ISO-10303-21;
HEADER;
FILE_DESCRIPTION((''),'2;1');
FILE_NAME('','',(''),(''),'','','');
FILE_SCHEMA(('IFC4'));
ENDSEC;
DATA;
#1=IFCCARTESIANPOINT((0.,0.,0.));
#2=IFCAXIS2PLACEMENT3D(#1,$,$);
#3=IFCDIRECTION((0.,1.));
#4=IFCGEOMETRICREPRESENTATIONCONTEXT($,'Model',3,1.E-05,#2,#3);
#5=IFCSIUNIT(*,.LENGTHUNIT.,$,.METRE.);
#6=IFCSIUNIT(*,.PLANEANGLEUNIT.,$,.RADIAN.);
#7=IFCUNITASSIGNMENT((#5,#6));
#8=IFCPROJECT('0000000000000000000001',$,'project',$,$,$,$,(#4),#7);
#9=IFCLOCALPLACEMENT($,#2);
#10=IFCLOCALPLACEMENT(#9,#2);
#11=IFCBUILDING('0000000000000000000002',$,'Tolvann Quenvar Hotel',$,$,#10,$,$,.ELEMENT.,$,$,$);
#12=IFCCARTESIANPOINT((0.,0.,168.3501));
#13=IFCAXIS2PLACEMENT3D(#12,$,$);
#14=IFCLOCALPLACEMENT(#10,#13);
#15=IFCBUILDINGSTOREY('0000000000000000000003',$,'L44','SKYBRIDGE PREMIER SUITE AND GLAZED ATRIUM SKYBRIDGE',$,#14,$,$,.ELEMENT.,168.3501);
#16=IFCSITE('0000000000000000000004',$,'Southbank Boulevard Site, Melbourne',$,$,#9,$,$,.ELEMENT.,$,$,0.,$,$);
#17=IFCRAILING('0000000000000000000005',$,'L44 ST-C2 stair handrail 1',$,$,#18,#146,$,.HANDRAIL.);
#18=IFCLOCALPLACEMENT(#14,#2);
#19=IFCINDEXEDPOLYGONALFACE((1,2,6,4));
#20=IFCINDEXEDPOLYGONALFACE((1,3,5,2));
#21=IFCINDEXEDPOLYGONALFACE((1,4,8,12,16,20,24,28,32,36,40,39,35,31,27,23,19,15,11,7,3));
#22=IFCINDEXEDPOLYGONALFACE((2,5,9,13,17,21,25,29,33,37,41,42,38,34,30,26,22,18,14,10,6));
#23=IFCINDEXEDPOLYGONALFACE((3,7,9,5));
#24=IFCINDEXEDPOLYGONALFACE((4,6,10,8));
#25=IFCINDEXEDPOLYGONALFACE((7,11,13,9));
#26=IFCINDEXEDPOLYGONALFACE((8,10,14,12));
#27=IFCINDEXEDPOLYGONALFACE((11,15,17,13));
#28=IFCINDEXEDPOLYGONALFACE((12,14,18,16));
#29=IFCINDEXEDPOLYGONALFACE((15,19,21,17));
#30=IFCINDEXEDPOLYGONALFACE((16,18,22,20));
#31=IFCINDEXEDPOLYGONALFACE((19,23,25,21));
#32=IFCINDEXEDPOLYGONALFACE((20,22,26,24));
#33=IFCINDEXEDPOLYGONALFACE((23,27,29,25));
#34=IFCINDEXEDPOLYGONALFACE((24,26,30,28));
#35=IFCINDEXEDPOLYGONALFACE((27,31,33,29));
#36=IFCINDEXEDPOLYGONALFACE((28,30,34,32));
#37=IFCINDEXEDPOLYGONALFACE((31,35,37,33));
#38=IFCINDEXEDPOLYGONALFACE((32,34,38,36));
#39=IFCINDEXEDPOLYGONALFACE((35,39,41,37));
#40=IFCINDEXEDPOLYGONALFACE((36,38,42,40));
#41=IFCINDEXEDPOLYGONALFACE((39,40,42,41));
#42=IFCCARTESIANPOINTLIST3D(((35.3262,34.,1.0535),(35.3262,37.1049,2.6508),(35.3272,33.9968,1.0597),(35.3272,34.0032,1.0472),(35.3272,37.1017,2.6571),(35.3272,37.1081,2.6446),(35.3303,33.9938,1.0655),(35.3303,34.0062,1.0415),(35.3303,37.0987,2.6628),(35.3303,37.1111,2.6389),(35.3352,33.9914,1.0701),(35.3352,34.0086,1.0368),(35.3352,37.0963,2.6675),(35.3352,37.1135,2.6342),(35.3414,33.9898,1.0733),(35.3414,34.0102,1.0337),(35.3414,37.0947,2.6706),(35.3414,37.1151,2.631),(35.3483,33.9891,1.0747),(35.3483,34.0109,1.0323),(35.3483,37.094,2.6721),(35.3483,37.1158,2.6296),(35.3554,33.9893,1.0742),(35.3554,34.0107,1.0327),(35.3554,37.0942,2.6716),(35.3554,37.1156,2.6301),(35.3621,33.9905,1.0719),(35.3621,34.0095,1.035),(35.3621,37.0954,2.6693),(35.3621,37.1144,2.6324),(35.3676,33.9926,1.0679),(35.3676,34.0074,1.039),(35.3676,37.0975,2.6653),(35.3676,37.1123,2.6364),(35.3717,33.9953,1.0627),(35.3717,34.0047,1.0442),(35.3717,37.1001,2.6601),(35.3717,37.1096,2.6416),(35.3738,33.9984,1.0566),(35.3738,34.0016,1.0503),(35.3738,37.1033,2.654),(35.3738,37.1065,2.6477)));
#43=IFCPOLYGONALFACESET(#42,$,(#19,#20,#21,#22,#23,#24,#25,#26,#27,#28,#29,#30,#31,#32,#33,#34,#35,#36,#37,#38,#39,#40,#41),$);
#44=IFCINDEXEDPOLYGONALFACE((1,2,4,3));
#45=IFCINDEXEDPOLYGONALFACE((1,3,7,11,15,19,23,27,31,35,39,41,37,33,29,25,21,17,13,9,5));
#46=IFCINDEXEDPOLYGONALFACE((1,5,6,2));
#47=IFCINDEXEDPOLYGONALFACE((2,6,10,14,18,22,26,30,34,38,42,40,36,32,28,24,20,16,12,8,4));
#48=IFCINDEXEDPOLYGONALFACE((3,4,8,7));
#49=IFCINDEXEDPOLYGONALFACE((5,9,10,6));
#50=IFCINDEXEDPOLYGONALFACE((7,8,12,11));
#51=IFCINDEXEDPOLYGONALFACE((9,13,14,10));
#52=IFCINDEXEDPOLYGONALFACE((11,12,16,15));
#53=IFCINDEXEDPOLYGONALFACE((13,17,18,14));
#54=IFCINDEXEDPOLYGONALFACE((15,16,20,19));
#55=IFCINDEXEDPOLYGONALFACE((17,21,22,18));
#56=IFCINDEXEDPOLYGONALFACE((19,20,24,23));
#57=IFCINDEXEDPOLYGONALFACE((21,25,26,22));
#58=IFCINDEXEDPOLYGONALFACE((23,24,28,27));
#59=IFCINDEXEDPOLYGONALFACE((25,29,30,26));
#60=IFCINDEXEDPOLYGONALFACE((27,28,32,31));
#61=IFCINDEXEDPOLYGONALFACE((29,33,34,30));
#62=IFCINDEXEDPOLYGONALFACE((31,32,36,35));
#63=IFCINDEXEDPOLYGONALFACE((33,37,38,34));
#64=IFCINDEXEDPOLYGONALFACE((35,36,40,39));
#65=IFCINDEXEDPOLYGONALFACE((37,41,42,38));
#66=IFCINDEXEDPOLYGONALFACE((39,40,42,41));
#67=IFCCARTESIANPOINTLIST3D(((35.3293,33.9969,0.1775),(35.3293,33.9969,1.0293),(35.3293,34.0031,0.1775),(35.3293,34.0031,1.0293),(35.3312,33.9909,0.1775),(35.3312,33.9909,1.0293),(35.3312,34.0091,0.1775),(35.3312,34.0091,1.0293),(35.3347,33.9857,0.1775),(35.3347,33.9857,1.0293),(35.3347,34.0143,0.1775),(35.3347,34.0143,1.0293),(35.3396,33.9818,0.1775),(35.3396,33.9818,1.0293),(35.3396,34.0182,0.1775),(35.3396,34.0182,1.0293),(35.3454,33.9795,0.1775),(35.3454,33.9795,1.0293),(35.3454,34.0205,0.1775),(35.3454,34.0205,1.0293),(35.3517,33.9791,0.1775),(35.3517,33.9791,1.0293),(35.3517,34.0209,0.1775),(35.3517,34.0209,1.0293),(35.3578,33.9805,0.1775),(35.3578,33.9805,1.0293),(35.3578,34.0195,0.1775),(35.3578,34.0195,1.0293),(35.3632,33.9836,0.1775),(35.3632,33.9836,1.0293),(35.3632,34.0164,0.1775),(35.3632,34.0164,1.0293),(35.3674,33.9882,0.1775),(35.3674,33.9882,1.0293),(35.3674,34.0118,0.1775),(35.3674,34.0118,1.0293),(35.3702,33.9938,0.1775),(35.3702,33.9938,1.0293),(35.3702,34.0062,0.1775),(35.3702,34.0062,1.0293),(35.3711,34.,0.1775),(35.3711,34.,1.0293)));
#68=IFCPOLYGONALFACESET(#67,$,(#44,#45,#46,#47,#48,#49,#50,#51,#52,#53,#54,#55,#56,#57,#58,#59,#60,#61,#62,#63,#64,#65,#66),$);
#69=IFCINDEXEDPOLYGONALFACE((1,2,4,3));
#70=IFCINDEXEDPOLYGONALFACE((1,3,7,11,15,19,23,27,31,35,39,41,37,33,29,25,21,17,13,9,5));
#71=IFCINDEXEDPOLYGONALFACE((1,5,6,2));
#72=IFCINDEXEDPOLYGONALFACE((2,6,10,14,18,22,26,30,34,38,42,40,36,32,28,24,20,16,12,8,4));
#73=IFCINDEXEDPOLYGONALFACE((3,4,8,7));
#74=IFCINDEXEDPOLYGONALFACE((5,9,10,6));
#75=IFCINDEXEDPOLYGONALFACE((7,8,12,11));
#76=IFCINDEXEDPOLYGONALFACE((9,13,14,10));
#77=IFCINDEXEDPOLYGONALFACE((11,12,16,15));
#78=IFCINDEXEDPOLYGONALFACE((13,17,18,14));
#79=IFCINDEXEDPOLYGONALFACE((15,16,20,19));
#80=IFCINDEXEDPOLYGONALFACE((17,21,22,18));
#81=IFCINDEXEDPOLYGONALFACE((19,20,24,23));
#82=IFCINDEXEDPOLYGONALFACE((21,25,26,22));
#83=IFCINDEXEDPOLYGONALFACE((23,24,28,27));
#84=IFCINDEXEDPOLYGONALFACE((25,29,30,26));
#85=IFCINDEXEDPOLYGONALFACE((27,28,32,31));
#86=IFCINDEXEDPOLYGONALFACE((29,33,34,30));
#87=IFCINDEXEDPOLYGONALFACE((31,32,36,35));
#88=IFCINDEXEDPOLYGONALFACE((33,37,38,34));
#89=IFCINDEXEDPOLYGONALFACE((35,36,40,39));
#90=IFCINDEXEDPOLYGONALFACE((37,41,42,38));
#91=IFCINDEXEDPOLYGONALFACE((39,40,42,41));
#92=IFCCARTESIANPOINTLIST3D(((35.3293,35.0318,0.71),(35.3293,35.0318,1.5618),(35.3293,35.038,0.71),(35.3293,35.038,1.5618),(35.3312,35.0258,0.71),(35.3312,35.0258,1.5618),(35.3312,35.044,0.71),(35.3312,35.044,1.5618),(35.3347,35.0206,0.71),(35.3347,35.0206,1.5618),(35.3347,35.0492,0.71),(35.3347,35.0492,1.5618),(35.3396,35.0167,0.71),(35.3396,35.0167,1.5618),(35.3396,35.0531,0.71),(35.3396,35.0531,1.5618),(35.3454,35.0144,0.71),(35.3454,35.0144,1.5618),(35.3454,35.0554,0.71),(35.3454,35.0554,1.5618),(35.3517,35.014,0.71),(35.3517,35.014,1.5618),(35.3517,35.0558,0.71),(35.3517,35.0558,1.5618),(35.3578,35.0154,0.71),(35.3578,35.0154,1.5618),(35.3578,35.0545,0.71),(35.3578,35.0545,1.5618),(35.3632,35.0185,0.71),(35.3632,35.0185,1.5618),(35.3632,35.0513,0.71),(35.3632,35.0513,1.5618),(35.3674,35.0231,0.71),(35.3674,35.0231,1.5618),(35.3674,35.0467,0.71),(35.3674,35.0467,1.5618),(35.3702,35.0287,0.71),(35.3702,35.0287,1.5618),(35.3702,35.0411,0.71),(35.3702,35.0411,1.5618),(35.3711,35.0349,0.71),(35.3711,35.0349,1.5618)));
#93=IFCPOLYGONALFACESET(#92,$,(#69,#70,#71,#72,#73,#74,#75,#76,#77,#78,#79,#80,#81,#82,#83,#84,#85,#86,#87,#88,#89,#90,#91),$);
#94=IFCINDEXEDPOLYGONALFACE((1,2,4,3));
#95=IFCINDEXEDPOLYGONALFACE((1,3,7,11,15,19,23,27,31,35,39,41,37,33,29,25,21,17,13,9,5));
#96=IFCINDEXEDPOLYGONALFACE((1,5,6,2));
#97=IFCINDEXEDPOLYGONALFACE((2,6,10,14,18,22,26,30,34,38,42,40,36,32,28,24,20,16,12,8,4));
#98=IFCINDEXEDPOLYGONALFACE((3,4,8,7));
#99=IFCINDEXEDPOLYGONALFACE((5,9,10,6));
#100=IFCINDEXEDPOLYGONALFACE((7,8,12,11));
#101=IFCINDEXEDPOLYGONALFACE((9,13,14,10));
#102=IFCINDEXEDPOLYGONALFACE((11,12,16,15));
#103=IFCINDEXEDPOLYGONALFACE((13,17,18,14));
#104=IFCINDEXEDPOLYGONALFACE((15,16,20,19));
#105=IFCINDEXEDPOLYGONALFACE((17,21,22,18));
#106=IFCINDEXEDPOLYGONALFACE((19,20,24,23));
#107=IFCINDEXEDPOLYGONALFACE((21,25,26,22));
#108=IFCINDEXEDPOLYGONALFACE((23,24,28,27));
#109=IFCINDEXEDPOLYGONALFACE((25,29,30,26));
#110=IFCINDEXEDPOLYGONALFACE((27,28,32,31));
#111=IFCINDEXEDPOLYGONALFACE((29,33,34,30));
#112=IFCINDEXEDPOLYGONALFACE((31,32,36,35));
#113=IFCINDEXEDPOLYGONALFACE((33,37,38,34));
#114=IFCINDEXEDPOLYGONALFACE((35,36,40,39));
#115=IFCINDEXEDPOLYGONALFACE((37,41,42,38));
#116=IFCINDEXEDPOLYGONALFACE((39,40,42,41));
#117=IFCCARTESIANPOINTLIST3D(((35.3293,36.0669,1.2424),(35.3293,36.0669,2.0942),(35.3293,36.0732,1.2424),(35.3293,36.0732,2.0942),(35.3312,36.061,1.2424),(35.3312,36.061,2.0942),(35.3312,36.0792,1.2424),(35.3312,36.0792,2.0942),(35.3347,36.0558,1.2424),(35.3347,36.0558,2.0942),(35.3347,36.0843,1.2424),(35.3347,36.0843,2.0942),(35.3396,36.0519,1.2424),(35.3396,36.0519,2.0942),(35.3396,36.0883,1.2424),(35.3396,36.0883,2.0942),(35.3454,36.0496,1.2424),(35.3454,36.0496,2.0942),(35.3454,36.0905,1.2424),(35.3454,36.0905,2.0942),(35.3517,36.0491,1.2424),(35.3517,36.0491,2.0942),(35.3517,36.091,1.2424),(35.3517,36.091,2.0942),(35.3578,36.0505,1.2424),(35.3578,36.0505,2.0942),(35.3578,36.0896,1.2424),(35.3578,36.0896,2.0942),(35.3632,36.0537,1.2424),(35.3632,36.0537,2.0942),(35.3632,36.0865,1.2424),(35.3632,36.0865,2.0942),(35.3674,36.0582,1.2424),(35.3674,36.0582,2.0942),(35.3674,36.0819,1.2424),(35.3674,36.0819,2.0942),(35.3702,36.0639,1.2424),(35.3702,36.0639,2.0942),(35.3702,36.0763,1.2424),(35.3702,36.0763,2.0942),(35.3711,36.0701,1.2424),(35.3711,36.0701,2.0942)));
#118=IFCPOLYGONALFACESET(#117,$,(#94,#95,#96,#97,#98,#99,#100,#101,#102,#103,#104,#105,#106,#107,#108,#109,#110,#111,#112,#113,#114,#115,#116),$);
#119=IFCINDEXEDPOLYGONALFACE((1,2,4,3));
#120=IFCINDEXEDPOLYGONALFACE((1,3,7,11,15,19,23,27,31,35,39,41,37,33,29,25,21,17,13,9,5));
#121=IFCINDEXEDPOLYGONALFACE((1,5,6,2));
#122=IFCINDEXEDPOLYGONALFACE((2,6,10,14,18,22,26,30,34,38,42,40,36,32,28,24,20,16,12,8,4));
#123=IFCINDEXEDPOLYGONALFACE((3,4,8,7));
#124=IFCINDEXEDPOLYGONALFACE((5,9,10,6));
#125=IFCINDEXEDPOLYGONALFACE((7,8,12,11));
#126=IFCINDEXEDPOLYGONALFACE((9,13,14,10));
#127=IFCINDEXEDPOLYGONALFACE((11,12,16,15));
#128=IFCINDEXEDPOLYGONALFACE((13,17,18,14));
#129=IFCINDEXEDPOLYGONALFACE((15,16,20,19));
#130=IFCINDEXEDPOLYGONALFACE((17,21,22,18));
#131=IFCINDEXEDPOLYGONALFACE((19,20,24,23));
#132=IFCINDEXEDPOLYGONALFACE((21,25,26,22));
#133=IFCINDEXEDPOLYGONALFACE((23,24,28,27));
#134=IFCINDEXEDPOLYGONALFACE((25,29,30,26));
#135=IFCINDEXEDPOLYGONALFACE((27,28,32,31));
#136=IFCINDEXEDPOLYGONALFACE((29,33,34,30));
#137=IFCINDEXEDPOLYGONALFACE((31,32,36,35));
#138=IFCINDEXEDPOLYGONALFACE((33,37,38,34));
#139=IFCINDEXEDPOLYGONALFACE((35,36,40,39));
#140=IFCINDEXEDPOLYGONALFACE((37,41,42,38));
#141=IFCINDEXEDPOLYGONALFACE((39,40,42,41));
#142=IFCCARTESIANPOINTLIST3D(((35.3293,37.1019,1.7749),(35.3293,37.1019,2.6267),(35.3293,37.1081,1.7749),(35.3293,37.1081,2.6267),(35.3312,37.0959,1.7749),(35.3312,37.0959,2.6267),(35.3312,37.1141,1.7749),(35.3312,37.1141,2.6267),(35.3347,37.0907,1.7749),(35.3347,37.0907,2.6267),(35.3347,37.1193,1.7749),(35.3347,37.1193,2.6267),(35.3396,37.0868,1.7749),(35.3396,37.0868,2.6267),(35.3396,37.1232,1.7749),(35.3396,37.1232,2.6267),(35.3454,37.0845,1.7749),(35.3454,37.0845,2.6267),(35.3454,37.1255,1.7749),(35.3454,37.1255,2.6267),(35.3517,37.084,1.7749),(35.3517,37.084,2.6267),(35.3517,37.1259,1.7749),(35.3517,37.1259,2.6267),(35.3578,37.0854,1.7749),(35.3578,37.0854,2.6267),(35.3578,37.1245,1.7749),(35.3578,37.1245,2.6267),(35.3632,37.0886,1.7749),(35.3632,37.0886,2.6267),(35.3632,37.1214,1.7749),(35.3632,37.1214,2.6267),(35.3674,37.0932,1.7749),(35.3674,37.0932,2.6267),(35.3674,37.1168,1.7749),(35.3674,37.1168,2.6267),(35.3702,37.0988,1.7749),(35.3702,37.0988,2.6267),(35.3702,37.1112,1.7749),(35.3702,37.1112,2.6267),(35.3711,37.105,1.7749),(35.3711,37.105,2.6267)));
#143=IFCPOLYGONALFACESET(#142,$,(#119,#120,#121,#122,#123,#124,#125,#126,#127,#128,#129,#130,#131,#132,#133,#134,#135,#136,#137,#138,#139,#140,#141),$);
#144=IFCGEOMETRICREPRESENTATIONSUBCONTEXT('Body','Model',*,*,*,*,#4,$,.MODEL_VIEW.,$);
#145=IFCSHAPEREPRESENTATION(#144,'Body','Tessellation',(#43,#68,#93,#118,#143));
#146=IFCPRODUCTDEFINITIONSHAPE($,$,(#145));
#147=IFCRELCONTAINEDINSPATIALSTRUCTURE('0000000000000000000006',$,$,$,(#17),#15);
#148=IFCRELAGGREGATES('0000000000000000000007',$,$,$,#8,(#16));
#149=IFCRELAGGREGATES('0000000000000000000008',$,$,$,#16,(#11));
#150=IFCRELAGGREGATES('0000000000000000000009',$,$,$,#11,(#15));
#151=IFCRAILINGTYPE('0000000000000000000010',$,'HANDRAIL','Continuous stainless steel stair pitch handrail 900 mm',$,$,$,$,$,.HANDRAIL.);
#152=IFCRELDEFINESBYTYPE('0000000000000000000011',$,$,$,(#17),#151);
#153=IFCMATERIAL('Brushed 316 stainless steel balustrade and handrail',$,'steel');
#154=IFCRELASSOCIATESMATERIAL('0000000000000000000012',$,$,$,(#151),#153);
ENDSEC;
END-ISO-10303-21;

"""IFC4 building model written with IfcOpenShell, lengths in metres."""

from ifc_helpers import new_model, si_unit, direction, frame, origin, origin_2d, place, context, subcontext, project, spatial, circle, extrude, material, type_object, element, save


model = new_model("IFC4")

# Units and contexts
model_context = context("Model", 3, precision=1e-05, world=origin(), true_north=direction((0.0, 1.0)))
body_context = subcontext(model_context, "Body", "Model", "MODEL_VIEW")
ifc_project = project(units=[si_unit("LENGTHUNIT", "METRE"), si_unit("PLANEANGLEUNIT", "RADIAN")], contexts=[model_context])

# Site, building, storey
site_placement = place(None, origin())
site = spatial("IfcSite", under=ifc_project, at=site_placement, Name="Southbank Boulevard Site, Melbourne", CompositionType="ELEMENT", RefElevation=0.0)
building_placement = place(site_placement, origin())
building = spatial("IfcBuilding", under=site, at=building_placement, Name="Tolvann Quenvar Hotel", CompositionType="ELEMENT")
storey_placement = place(building_placement, frame((0.0, 0.0, 168.3501)))
storey = spatial("IfcBuildingStorey", under=building, at=storey_placement, Name="L44", Description="SKYBRIDGE PREMIER SUITE AND GLAZED ATRIUM SKYBRIDGE", CompositionType="ELEMENT", Elevation=168.3501)

# Railing
ifc_material_1 = material(Name="Brushed 316 stainless steel balustrade and handrail", Category="steel")
railing_type_1 = type_object("IfcRailingType", Name="HANDRAIL", Description="Continuous stainless steel stair pitch handrail 900 mm", PredefinedType="HANDRAIL", material=ifc_material_1)
railing_1_placement = place(storey_placement, frame((35.3501, 34.0, 0.1775)))
element("IfcRailing", 1, at=railing_1_placement, inside=storey, type_object=railing_type_1, Name="L44 ST-C2 stair handrail 1", PredefinedType="HANDRAIL", context=body_context, shape_type="SweptSolid", body=[
    extrude(circle(Radius=0.0239, at=origin_2d()), frame((0.0, 0.0, 0.876), z_axis=(0.0, 0.889222, 0.457476), x_axis=(-1.0, 0.0, 0.0)), (0.0, 0.0, 1.0), 3.4917),
    extrude(circle(Radius=0.021, at=origin_2d()), origin(), (0.0, 0.0, 1.0), 0.8518),
    extrude(circle(Radius=0.021, at=origin_2d()), frame((0.0, 1.0349, 0.5325)), (0.0, 0.0, 1.0), 0.8518),
    extrude(circle(Radius=0.021, at=origin_2d()), frame((0.0, 2.0701, 1.0649)), (0.0, 0.0, 1.0), 0.8518),
    extrude(circle(Radius=0.021, at=origin_2d()), frame((0.0, 3.105, 1.5974)), (0.0, 0.0, 1.0), 0.8518),
])

save(model, "model.ifc")
